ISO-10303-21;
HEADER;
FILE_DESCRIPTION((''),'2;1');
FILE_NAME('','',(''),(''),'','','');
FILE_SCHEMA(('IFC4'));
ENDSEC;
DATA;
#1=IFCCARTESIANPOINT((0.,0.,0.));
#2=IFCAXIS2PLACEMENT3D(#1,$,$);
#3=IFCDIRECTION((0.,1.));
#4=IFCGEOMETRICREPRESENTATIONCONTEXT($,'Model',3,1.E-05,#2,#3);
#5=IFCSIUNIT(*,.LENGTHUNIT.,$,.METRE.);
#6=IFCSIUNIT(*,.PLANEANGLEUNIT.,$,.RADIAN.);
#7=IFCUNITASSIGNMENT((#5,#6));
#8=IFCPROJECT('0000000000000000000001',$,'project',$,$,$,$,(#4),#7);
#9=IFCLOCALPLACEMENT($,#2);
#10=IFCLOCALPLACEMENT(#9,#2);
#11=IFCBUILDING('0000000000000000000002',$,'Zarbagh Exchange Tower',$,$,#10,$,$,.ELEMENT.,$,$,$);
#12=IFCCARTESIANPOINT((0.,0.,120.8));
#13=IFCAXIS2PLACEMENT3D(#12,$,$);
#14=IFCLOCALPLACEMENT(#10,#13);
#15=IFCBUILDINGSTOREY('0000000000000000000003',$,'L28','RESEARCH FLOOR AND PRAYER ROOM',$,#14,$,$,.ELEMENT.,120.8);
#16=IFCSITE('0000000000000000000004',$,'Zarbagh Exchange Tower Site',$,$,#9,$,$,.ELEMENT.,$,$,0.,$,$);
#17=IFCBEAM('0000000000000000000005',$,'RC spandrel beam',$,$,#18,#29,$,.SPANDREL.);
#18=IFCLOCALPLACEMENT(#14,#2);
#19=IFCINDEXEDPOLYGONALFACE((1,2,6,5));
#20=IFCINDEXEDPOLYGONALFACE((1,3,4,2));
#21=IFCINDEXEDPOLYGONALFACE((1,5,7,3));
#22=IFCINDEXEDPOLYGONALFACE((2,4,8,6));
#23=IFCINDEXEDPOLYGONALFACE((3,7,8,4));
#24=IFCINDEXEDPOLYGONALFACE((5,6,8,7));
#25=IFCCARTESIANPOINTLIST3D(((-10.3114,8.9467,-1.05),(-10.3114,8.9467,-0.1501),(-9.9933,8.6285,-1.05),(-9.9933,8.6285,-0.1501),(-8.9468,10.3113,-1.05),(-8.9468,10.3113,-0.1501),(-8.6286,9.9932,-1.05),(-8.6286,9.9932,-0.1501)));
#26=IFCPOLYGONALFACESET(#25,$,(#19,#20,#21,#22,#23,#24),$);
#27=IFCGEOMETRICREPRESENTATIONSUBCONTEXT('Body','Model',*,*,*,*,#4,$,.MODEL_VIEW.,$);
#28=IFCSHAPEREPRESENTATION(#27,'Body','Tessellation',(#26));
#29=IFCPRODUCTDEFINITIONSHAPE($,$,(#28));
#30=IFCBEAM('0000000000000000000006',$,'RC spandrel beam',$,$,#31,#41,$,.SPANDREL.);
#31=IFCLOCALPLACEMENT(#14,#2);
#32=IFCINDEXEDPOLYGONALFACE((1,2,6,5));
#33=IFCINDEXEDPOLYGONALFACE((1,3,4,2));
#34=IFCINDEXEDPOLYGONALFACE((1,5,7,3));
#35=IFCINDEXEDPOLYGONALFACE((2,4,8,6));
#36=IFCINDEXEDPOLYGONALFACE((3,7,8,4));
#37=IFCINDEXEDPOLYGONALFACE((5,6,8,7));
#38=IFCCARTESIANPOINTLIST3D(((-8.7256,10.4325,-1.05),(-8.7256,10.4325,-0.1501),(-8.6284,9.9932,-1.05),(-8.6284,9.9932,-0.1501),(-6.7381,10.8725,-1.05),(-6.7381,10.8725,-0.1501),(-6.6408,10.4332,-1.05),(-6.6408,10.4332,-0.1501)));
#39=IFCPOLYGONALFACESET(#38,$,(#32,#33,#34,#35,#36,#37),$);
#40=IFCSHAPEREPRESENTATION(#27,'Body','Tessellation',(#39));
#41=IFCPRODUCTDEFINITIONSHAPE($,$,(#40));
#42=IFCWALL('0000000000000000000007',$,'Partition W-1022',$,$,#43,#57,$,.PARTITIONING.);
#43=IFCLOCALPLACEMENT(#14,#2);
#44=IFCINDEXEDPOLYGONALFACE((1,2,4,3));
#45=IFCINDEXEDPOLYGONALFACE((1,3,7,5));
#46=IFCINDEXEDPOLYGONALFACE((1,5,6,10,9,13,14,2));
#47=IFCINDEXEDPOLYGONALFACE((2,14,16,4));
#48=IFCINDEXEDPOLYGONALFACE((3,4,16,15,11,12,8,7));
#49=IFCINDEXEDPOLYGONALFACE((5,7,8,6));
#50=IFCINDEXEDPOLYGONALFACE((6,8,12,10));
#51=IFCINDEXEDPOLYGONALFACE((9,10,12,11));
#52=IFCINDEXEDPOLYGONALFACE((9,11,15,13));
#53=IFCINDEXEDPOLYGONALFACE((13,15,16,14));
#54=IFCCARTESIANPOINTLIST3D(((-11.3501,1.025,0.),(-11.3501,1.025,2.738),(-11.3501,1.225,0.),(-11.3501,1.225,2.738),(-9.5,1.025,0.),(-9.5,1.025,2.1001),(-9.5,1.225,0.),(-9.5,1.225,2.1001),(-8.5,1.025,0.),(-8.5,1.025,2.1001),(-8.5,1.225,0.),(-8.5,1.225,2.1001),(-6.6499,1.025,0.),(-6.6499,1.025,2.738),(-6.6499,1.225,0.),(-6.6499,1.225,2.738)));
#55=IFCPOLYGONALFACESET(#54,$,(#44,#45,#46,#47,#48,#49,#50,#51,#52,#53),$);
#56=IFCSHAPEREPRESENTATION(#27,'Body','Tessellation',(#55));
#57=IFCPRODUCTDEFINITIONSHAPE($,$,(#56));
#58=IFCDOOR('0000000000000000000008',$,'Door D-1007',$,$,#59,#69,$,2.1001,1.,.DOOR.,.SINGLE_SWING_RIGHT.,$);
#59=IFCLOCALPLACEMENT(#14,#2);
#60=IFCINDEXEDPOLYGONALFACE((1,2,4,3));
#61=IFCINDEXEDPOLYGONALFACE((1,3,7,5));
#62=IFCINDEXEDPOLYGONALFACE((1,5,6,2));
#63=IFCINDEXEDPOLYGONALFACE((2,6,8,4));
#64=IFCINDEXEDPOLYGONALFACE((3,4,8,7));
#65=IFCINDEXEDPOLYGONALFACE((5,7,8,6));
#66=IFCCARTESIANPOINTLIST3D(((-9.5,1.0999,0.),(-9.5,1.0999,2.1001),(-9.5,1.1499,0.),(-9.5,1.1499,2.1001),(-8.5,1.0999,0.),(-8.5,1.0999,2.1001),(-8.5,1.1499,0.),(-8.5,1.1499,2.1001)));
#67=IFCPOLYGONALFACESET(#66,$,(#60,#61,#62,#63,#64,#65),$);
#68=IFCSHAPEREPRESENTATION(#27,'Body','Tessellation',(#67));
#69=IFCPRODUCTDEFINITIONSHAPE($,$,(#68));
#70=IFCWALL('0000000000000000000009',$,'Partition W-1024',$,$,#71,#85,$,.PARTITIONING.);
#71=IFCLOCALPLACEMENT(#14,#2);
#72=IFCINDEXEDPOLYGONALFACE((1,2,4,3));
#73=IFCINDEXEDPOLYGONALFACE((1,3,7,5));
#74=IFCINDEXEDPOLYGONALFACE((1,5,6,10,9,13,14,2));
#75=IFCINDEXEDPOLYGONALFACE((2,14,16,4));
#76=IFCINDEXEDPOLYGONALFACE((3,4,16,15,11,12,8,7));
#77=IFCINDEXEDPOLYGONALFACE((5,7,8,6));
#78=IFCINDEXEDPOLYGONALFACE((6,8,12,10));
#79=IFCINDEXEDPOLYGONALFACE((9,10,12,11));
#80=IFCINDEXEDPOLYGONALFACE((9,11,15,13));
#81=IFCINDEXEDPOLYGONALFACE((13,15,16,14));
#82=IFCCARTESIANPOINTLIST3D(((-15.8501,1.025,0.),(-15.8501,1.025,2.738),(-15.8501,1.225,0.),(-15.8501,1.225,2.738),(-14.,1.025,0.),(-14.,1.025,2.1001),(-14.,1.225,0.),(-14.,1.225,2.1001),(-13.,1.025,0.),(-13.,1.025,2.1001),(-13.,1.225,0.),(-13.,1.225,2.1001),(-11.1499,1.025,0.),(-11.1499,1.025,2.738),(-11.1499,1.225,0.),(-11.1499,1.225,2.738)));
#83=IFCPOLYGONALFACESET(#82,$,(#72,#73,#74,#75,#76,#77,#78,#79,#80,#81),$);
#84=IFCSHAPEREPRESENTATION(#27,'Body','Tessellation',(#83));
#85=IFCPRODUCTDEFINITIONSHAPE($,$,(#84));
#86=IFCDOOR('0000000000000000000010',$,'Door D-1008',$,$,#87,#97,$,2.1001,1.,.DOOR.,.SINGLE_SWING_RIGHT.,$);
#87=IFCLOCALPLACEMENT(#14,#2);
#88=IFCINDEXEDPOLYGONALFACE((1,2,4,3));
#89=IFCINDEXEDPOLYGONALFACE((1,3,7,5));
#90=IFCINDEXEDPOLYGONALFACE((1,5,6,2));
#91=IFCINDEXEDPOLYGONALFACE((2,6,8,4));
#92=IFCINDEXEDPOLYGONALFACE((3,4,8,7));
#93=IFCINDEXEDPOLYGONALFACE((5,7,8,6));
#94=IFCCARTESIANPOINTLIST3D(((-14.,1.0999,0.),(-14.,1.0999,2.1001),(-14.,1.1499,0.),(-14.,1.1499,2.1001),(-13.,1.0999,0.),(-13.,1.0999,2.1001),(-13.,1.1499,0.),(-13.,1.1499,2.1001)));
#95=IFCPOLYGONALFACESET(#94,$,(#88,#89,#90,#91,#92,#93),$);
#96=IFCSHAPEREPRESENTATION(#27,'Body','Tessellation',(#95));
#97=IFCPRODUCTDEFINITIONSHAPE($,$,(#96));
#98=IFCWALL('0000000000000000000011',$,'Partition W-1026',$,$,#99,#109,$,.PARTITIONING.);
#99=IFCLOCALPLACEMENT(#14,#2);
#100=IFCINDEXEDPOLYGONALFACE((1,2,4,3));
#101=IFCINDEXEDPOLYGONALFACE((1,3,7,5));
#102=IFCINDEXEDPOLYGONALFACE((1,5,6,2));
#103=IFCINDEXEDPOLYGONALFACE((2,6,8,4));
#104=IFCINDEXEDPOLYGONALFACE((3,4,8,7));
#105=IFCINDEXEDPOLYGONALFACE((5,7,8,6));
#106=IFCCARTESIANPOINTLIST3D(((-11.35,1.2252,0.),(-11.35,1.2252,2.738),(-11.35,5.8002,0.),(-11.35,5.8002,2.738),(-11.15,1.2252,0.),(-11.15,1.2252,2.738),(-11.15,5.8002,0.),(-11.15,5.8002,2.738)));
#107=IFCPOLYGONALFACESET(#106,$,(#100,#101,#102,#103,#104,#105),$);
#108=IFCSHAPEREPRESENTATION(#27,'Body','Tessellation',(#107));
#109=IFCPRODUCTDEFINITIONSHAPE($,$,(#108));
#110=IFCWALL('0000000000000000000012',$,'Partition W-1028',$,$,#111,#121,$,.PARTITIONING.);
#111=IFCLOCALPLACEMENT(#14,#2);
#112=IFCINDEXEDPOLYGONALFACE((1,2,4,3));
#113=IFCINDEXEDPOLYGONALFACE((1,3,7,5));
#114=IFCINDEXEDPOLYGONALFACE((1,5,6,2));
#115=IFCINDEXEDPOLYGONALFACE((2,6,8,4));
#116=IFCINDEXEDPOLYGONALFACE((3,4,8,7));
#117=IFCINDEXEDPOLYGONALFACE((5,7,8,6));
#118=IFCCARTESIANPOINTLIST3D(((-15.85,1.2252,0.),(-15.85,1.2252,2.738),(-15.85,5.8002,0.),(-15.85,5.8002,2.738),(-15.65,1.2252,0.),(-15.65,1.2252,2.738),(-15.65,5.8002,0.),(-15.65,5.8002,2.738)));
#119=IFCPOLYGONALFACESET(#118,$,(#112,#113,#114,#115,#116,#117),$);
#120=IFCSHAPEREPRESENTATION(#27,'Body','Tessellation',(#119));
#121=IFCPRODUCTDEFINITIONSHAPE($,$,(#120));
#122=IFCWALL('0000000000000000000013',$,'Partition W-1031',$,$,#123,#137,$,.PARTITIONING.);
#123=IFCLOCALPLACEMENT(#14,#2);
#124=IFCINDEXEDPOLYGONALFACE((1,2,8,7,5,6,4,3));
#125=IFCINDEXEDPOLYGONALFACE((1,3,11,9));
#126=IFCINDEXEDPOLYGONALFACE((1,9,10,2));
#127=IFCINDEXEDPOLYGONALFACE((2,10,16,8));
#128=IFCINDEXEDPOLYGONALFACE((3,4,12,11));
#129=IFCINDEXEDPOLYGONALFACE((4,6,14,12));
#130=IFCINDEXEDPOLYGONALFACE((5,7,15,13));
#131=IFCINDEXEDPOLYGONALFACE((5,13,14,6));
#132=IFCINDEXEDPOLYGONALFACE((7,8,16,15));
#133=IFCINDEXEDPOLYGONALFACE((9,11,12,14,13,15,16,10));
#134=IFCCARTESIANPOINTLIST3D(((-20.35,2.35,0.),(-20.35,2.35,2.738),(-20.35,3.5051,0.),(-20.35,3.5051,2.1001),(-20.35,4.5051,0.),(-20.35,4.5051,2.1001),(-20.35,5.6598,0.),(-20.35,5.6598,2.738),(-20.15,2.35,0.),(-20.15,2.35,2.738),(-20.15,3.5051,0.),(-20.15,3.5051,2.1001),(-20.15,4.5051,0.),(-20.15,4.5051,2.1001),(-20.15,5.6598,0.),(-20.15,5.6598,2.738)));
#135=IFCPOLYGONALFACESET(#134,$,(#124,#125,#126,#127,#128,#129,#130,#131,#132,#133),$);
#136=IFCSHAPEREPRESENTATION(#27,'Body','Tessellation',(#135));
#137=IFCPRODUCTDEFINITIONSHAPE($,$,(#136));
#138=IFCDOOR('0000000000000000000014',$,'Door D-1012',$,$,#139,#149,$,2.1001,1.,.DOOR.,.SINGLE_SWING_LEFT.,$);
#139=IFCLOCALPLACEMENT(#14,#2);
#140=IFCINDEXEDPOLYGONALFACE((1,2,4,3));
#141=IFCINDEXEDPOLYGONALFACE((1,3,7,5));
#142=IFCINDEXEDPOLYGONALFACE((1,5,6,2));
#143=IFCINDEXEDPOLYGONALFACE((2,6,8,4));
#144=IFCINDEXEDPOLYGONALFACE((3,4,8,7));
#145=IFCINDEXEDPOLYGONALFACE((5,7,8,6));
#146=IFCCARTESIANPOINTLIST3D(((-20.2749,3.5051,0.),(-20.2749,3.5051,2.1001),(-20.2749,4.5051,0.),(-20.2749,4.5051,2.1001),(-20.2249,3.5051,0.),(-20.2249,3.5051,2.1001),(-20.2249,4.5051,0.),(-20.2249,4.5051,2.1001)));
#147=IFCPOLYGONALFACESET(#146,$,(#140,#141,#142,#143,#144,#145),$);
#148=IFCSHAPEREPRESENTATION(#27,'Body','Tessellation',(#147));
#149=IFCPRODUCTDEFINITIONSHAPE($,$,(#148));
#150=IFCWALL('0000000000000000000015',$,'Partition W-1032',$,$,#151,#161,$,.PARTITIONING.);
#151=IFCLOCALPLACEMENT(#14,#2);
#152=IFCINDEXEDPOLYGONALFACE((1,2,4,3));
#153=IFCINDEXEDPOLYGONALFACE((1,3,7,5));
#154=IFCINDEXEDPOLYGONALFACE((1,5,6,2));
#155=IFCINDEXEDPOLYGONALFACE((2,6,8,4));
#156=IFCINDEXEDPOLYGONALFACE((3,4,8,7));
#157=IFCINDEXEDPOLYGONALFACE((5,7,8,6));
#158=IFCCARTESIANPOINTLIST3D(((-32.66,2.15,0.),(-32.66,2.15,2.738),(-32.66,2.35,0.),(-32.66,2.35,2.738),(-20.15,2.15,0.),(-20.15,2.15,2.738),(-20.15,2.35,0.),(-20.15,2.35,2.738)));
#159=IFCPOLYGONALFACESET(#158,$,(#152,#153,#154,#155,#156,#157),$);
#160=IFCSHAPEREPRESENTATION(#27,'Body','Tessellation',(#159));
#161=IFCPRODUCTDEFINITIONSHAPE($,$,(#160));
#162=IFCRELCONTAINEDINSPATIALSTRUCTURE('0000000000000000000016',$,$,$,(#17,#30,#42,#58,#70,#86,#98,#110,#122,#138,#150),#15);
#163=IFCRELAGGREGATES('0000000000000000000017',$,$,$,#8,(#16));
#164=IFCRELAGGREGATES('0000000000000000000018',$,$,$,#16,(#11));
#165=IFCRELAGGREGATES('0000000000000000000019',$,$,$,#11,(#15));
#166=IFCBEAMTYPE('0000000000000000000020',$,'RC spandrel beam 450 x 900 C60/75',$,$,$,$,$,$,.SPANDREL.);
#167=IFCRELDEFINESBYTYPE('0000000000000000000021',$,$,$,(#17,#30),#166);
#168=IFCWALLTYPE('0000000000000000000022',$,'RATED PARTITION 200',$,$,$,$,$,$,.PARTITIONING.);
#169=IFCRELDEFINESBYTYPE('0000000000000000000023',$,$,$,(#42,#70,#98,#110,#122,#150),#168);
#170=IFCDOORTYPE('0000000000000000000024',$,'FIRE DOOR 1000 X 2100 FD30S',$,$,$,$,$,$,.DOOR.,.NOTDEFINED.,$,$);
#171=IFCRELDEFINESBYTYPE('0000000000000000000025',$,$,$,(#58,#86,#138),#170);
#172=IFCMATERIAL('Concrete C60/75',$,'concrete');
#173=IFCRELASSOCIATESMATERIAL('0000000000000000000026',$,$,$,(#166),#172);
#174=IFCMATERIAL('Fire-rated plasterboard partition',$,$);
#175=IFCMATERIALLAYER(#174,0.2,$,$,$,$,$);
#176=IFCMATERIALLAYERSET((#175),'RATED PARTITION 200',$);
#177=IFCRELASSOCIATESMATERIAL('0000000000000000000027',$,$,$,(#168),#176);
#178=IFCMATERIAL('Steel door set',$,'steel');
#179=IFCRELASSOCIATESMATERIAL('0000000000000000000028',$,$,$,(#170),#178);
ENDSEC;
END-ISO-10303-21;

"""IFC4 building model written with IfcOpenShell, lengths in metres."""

from ifc_helpers import new_model, si_unit, direction, frame, frame_2d, origin, origin_2d, place, context, subcontext, project, spatial, rectangle, extrude, material, layer, layer_set, material_profile, profile_set, type_object, element, fill, save


model = new_model("IFC4")

# Units and contexts
model_context = context("Model", 3, precision=1e-05, world=origin(), true_north=direction((0.0, 1.0)))
body_context = subcontext(model_context, "Body", "Model", "MODEL_VIEW")
ifc_project = project(units=[si_unit("LENGTHUNIT", "METRE"), si_unit("PLANEANGLEUNIT", "RADIAN")], contexts=[model_context])

# Site, building, storey
site_placement = place(None, origin())
site = spatial("IfcSite", under=ifc_project, at=site_placement, Name="Zarbagh Exchange Tower Site", CompositionType="ELEMENT", RefElevation=0.0)
building_placement = place(site_placement, origin())
building = spatial("IfcBuilding", under=site, at=building_placement, Name="Zarbagh Exchange Tower", CompositionType="ELEMENT")
storey_placement = place(building_placement, frame((0.0, 0.0, 120.8)))
storey = spatial("IfcBuildingStorey", under=building, at=storey_placement, Name="L28", Description="RESEARCH FLOOR AND PRAYER ROOM", CompositionType="ELEMENT", Elevation=120.8)

# Shared definitions
ifc_material_1 = material(Name="Concrete C60/75", Category="concrete")

# Beams
ifc_material_profile_1 = material_profile(ifc_material_1, rectangle(XDim=0.45, YDim=0.8999, at=origin_2d()), Name="RC spandrel beam 450 x 900 C60/75")
ifc_profile_set_1 = profile_set([ifc_material_profile_1], Name="Concrete C60/75")
beam_type_1 = type_object("IfcBeamType", Name="RC spandrel beam 450 x 900 C60/75", PredefinedType="SPANDREL", material=ifc_profile_set_1)
beam_1_placement = place(storey_placement, frame((-10.1523, 8.7876, -0.6001), z_axis=(0.707107, 0.707107, 0.0), x_axis=(-0.707107, 0.707107, 0.0)))
element("IfcBeam", 1, at=beam_1_placement, inside=storey, type_object=beam_type_1, Name="RC spandrel beam", PredefinedType="SPANDREL", context=body_context, shape_type="SweptSolid", body=[
    extrude(rectangle(XDim=0.45, YDim=0.8999, at=origin_2d()), origin(), (0.0, 0.0, 1.0), 1.9299),
])
beam_2_placement = place(storey_placement, frame((-8.677, 10.2129, -0.6001), z_axis=(0.976367, 0.216118, 0.0), x_axis=(-0.216118, 0.976367, 0.0)))
element("IfcBeam", 2, at=beam_2_placement, inside=storey, type_object=beam_type_1, Name="RC spandrel beam", PredefinedType="SPANDREL", context=body_context, shape_type="SweptSolid", body=[
    extrude(rectangle(XDim=0.45, YDim=0.8999, at=origin_2d()), origin(), (0.0, 0.0, 1.0), 2.0356),
])

# Walls, openings, doors
ifc_material_2 = material(Name="Fire-rated plasterboard partition")
ifc_layer = layer(ifc_material_2, 0.2)
ifc_layer_set = layer_set([ifc_layer], Name="RATED PARTITION 200")
wall_type = type_object("IfcWallType", Name="RATED PARTITION 200", PredefinedType="PARTITIONING", material=ifc_layer_set)
wall_1_placement = place(storey_placement, frame((-11.3501, 1.125, 0.0), z_axis=(0.0, 0.0, 1.0), x_axis=(1.0, 0.0, 0.0)))
wall_1 = element("IfcWall", 3, at=wall_1_placement, inside=storey, type_object=wall_type, Name="Partition W-1022", PredefinedType="PARTITIONING", context=body_context, shape_type="SweptSolid", body=[
    extrude(rectangle(XDim=4.7002, YDim=0.2, at=frame_2d((2.3501, 0.0))), origin(), (0.0, 0.0, 1.0), 2.738),
])
opening_1_placement = place(wall_1_placement, frame((1.8501, 0.0, 0.0)))
opening_1 = element("IfcOpeningElement", 4, at=opening_1_placement, cuts=wall_1, PredefinedType="OPENING", context=body_context, shape_type="SweptSolid", body=[
    extrude(rectangle(XDim=1.0, YDim=2.1001, at=frame_2d((0.5, 1.05))), frame((0.0, 0.1099, 0.0), z_axis=(0.0, -1.0, 0.0), x_axis=(1.0, 0.0, 0.0)), (0.0, 0.0, 1.0), 0.22),
])
ifc_material_3 = material(Name="Steel door set", Category="steel")
door_type = type_object("IfcDoorType", Name="FIRE DOOR 1000 X 2100 FD30S", OperationType="NOTDEFINED", PredefinedType="DOOR", material=ifc_material_3)
door_1_placement = place(opening_1_placement, origin())
door_1 = element("IfcDoor", 5, at=door_1_placement, inside=storey, type_object=door_type, Name="Door D-1007", OperationType="SINGLE_SWING_RIGHT", OverallHeight=2.1001, OverallWidth=1.0, PredefinedType="DOOR", context=body_context, shape_type="SweptSolid", body=[
    extrude(rectangle(XDim=1.0, YDim=2.1001, at=frame_2d((0.5, 1.05))), frame((0.0, 0.0249, 0.0), z_axis=(0.0, -1.0, 0.0), x_axis=(1.0, 0.0, 0.0)), (0.0, 0.0, 1.0), 0.05),
])
fill(opening_1, door_1)
wall_2_placement = place(storey_placement, frame((-15.8501, 1.125, 0.0), z_axis=(0.0, 0.0, 1.0), x_axis=(1.0, 0.0, 0.0)))
wall_2 = element("IfcWall", 6, at=wall_2_placement, inside=storey, type_object=wall_type, Name="Partition W-1024", PredefinedType="PARTITIONING", context=body_context, shape_type="SweptSolid", body=[
    extrude(rectangle(XDim=4.7002, YDim=0.2, at=frame_2d((2.3501, 0.0))), origin(), (0.0, 0.0, 1.0), 2.738),
])
opening_2_placement = place(wall_2_placement, frame((1.8501, 0.0, 0.0)))
opening_2 = element("IfcOpeningElement", 7, at=opening_2_placement, cuts=wall_2, PredefinedType="OPENING", context=body_context, shape_type="SweptSolid", body=[
    extrude(rectangle(XDim=1.0, YDim=2.1001, at=frame_2d((0.5, 1.05))), frame((0.0, 0.1099, 0.0), z_axis=(0.0, -1.0, 0.0), x_axis=(1.0, 0.0, 0.0)), (0.0, 0.0, 1.0), 0.22),
])
door_2_placement = place(opening_2_placement, origin())
door_2 = element("IfcDoor", 8, at=door_2_placement, inside=storey, type_object=door_type, Name="Door D-1008", OperationType="SINGLE_SWING_RIGHT", OverallHeight=2.1001, OverallWidth=1.0, PredefinedType="DOOR", context=body_context, shape_type="SweptSolid", body=[
    extrude(rectangle(XDim=1.0, YDim=2.1001, at=frame_2d((0.5, 1.05))), frame((0.0, 0.0249, 0.0), z_axis=(0.0, -1.0, 0.0), x_axis=(1.0, 0.0, 0.0)), (0.0, 0.0, 1.0), 0.05),
])
fill(opening_2, door_2)

# Walls
for number, where, z_axis, x_axis, name in (
    (9, (-11.25, 1.2251, 0.0), (0.0, 0.0, 1.0), (0.0, 1.0, 0.0), "Partition W-1026"),
    (10, (-15.75, 1.2251, 0.0), (0.0, 0.0, 1.0), (0.0, 1.0, 0.0), "Partition W-1028"),
):
    element("IfcWall", number, at=place(storey_placement, frame(where, z_axis=z_axis, x_axis=x_axis)), inside=storey, type_object=wall_type, Name=name, PredefinedType="PARTITIONING", context=body_context, shape_type="SweptSolid", body=[
        extrude(rectangle(XDim=4.575, YDim=0.2, at=frame_2d((2.2876, 0.0))), origin(), (0.0, 0.0, 1.0), 2.738),
    ])

# Wall, opening, door
wall_3_placement = place(storey_placement, frame((-20.25, 2.3501, 0.0), z_axis=(0.0, 0.0, 1.0), x_axis=(0.0, 1.0, 0.0)))
wall_3 = element("IfcWall", 11, at=wall_3_placement, inside=storey, type_object=wall_type, Name="Partition W-1031", PredefinedType="PARTITIONING", context=body_context, shape_type="SweptSolid", body=[
    extrude(rectangle(XDim=3.3098, YDim=0.2, at=frame_2d((1.6548, 0.0))), origin(), (0.0, 0.0, 1.0), 2.738),
])
opening_3_placement = place(wall_3_placement, frame((1.155, 0.0, 0.0)))
opening_3 = element("IfcOpeningElement", 12, at=opening_3_placement, cuts=wall_3, PredefinedType="OPENING", context=body_context, shape_type="SweptSolid", body=[
    extrude(rectangle(XDim=1.0, YDim=2.1001, at=frame_2d((0.5, 1.05))), frame((0.0, 0.1099, 0.0), z_axis=(0.0, -1.0, 0.0), x_axis=(1.0, 0.0, 0.0)), (0.0, 0.0, 1.0), 0.22),
])
door_3_placement = place(opening_3_placement, origin())
door_3 = element("IfcDoor", 13, at=door_3_placement, inside=storey, type_object=door_type, Name="Door D-1012", OperationType="SINGLE_SWING_LEFT", OverallHeight=2.1001, OverallWidth=1.0, PredefinedType="DOOR", context=body_context, shape_type="SweptSolid", body=[
    extrude(rectangle(XDim=1.0, YDim=2.1001, at=frame_2d((0.5, 1.05))), frame((0.0, 0.0249, 0.0), z_axis=(0.0, -1.0, 0.0), x_axis=(1.0, 0.0, 0.0)), (0.0, 0.0, 1.0), 0.05),
])
fill(opening_3, door_3)

# Wall
wall_4_placement = place(storey_placement, frame((-32.6599, 2.25, 0.0), z_axis=(0.0, 0.0, 1.0), x_axis=(1.0, 0.0, 0.0)))
element("IfcWall", 14, at=wall_4_placement, inside=storey, type_object=wall_type, Name="Partition W-1032", PredefinedType="PARTITIONING", context=body_context, shape_type="SweptSolid", body=[
    extrude(rectangle(XDim=12.51, YDim=0.2, at=frame_2d((6.2549, 0.0))), origin(), (0.0, 0.0, 1.0), 2.738),
])

save(model, "model.ifc")
